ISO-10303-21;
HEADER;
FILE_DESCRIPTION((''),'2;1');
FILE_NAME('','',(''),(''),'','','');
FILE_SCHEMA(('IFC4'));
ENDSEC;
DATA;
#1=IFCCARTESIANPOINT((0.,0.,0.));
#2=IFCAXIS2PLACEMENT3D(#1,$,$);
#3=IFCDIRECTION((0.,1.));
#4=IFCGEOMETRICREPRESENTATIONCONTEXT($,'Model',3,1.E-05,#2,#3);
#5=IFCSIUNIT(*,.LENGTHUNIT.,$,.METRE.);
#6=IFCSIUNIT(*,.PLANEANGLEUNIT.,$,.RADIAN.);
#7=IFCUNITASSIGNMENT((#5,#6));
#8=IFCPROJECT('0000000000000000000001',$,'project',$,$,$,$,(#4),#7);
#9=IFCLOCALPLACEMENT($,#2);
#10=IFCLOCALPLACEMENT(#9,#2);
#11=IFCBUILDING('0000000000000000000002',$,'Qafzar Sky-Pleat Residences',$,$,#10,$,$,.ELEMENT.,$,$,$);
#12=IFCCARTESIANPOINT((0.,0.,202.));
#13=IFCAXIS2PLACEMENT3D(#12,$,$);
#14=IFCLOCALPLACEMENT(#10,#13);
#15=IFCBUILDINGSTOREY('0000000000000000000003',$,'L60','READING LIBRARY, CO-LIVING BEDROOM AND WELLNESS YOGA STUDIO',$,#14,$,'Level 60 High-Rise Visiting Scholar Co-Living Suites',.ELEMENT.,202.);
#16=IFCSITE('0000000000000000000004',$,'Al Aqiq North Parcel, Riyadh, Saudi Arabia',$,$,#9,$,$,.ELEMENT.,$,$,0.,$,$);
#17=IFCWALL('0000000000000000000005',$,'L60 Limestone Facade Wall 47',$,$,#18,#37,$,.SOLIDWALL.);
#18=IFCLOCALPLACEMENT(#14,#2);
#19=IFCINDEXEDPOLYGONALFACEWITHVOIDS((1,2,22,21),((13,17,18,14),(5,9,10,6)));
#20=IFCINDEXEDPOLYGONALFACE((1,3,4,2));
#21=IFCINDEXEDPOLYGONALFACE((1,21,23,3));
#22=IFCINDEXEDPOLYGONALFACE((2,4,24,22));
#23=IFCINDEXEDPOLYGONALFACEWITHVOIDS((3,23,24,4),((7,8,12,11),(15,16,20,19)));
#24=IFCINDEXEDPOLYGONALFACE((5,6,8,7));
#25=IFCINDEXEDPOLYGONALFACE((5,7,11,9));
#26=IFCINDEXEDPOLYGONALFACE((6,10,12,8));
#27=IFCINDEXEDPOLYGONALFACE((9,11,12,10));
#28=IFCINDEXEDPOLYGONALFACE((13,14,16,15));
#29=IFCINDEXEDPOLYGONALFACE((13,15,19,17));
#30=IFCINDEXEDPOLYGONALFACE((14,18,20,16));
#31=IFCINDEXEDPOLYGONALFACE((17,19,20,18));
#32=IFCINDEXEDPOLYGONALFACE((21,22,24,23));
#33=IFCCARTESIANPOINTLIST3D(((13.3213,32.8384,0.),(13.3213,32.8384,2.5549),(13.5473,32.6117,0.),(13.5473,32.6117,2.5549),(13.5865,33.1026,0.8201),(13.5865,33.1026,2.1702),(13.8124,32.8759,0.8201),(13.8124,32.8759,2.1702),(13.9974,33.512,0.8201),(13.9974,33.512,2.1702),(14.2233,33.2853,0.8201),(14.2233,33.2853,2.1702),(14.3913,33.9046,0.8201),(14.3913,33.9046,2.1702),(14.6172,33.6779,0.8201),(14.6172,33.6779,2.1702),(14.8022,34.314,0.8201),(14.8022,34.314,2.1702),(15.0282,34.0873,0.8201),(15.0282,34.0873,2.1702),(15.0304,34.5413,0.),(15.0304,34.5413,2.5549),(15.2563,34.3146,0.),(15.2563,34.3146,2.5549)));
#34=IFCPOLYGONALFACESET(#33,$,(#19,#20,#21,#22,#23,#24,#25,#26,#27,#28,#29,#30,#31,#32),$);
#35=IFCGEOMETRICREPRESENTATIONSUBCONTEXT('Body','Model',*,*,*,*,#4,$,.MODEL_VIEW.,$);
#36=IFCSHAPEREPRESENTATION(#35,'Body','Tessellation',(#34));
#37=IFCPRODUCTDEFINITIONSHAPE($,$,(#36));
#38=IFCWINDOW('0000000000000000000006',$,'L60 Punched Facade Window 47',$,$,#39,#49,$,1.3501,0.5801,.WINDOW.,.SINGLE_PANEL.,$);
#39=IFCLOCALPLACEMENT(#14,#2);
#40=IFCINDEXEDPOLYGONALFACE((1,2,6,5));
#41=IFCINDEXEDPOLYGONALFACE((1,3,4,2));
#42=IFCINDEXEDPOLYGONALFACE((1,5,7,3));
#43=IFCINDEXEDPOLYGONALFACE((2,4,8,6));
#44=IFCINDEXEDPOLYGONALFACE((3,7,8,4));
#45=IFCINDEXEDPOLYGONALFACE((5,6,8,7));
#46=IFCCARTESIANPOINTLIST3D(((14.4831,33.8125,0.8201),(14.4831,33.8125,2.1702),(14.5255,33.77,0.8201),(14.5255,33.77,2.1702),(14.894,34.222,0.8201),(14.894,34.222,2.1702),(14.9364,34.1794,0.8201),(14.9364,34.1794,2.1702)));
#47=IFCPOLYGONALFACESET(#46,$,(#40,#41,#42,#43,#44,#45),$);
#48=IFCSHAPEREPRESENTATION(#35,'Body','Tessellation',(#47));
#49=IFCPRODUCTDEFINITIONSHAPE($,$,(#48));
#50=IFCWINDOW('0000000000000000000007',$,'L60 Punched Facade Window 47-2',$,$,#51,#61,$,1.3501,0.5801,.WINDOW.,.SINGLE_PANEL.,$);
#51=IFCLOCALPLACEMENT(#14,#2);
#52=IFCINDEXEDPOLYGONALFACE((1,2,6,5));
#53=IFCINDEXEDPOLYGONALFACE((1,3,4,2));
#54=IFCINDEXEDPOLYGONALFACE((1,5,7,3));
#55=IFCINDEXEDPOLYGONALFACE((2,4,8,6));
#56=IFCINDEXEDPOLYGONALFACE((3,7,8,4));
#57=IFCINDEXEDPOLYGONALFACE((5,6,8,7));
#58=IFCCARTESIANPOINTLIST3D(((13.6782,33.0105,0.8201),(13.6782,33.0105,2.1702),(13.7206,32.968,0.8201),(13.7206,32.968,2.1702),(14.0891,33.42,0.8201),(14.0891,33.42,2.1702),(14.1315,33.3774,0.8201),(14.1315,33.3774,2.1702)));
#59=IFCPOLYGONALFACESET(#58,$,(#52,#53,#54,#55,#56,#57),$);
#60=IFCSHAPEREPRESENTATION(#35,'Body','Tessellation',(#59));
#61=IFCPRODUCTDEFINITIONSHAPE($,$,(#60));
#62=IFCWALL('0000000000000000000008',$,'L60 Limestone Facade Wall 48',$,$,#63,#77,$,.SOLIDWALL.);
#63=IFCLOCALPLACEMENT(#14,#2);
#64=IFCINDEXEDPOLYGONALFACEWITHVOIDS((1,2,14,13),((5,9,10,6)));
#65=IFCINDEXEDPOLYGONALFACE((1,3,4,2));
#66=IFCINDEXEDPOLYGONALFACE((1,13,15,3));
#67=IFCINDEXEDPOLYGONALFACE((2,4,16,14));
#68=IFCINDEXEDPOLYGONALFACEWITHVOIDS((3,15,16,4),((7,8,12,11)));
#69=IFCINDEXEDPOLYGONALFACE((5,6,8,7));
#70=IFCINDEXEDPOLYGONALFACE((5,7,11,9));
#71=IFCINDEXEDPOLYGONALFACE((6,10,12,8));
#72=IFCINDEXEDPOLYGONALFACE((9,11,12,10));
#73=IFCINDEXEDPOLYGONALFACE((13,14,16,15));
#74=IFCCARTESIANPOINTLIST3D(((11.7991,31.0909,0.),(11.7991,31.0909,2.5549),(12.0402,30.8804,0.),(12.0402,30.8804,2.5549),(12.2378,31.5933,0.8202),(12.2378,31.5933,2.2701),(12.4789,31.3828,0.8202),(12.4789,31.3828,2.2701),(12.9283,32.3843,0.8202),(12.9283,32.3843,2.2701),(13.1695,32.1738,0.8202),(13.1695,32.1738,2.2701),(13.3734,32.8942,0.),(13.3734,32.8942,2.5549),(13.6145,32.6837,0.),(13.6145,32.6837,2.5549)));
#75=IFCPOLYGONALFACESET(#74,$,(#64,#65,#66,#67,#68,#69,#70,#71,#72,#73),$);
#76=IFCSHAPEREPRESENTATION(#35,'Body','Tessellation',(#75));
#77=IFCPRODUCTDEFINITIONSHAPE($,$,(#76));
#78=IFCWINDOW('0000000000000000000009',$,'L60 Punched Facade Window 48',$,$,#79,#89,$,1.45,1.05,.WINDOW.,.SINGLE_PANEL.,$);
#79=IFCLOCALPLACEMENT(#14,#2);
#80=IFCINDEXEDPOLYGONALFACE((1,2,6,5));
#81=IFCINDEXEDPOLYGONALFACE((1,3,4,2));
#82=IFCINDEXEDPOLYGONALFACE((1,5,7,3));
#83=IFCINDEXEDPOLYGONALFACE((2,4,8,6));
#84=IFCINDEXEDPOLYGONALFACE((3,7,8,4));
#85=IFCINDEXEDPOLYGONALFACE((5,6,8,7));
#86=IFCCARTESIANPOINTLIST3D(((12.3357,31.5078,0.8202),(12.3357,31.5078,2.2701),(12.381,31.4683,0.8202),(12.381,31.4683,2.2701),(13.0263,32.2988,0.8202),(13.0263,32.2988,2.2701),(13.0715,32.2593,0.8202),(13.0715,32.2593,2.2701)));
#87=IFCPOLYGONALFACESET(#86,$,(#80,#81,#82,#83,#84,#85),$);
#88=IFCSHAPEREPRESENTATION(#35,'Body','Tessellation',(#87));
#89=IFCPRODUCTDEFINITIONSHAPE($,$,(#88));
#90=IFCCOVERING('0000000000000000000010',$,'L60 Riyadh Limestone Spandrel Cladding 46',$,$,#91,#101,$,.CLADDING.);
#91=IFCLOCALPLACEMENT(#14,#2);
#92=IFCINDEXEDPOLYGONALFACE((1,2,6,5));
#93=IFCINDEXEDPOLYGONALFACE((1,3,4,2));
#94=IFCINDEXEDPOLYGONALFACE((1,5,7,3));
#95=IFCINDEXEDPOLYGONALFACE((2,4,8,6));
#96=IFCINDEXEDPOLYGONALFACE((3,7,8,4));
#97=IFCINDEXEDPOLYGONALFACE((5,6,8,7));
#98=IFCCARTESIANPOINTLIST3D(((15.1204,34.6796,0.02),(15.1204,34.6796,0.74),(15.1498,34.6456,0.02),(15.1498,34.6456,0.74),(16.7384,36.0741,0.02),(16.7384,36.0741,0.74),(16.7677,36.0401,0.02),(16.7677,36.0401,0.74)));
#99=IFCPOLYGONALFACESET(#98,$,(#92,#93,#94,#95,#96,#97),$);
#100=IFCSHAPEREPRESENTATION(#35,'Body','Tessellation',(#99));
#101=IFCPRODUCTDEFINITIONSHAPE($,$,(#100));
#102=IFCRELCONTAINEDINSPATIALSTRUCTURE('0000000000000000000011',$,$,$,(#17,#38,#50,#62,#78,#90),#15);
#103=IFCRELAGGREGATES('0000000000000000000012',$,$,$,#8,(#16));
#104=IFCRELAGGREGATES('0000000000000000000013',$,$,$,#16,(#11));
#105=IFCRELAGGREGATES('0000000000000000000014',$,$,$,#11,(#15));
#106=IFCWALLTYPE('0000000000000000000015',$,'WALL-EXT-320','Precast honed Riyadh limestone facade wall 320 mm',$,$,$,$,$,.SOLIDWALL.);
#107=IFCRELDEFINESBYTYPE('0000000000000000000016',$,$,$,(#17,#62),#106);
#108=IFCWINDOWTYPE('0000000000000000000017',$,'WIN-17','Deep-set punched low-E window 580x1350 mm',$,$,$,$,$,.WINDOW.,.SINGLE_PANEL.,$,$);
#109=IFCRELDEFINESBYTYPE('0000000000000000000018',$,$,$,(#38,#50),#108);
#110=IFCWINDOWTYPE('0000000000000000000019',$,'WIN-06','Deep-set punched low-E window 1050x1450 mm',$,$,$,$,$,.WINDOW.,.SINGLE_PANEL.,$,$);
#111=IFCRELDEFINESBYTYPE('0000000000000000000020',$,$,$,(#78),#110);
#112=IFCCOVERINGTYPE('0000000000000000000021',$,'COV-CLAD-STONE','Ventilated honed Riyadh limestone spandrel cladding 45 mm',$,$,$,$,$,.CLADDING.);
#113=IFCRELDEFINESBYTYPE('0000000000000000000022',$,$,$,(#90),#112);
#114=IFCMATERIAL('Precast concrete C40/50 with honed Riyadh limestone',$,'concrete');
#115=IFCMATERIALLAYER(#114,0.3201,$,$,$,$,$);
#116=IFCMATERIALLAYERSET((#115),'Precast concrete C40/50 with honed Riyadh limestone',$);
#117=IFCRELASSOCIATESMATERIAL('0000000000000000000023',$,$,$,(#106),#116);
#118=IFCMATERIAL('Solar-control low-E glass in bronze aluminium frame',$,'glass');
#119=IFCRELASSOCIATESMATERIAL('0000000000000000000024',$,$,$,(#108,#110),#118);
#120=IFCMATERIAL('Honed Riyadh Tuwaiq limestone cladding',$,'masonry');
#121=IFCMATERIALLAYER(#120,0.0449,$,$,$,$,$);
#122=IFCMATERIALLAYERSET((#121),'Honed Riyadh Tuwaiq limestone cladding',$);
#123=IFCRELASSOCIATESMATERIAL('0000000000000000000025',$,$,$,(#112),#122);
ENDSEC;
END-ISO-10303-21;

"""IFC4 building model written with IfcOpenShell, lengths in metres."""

from ifc_helpers import new_model, si_unit, direction, frame, frame_2d, origin, origin_2d, place, context, subcontext, project, spatial, rectangle, extrude, source, transform, mapped, material, layer, layer_set, type_object, element, fill, save


model = new_model("IFC4")

# Units and contexts
model_context = context("Model", 3, precision=1e-05, world=origin(), true_north=direction((0.0, 1.0)))
body_context = subcontext(model_context, "Body", "Model", "MODEL_VIEW")
ifc_project = project(units=[si_unit("LENGTHUNIT", "METRE"), si_unit("PLANEANGLEUNIT", "RADIAN")], contexts=[model_context])

# Site, building, storey
site_placement = place(None, origin())
site = spatial("IfcSite", under=ifc_project, at=site_placement, Name="Al Aqiq North Parcel, Riyadh, Saudi Arabia", CompositionType="ELEMENT", RefElevation=0.0)
building_placement = place(site_placement, origin())
building = spatial("IfcBuilding", under=site, at=building_placement, Name="Qafzar Sky-Pleat Residences", CompositionType="ELEMENT")
storey_placement = place(building_placement, frame((0.0, 0.0, 202.0)))
storey = spatial("IfcBuildingStorey", under=building, at=storey_placement, Name="L60", Description="READING LIBRARY, CO-LIVING BEDROOM AND WELLNESS YOGA STUDIO", LongName="Level 60 High-Rise Visiting Scholar Co-Living Suites", CompositionType="ELEMENT", Elevation=202.0)

# Shared definitions
ifc_material_1 = material(Name="Precast concrete C40/50 with honed Riyadh limestone", Category="concrete")
ifc_layer_1 = layer(ifc_material_1, 0.3201)
ifc_layer_set_1 = layer_set([ifc_layer_1], Name="Precast concrete C40/50 with honed Riyadh limestone")
wall_type_1 = type_object("IfcWallType", Name="WALL-EXT-320", Description="Precast honed Riyadh limestone facade wall 320 mm", PredefinedType="SOLIDWALL", material=ifc_layer_set_1)
ifc_material_2 = material(Name="Solar-control low-E glass in bronze aluminium frame", Category="glass")

# Wall, openings, windows
wall_1_placement = place(storey_placement, frame((15.1433, 34.428, 0.0), z_axis=(0.0, 0.0, 1.0), x_axis=(-0.708371, -0.705841, 0.0)))
wall_1 = element("IfcWall", 1, at=wall_1_placement, inside=storey, type_object=wall_type_1, Name="L60 Limestone Facade Wall 47", PredefinedType="SOLIDWALL", context=body_context, shape_type="SweptSolid", body=[
    extrude(rectangle(XDim=2.4126, YDim=0.3201, at=frame_2d((1.2063, 0.0))), origin(), (0.0, 0.0, 1.0), 2.5549),
])
opening_1_placement = place(wall_1_placement, frame((0.322, 0.0, 0.8201)))
opening_1 = element("IfcOpeningElement", 2, at=opening_1_placement, cuts=wall_1, PredefinedType="OPENING", context=body_context, shape_type="SweptSolid", body=[
    extrude(rectangle(XDim=0.5801, YDim=1.3501, at=frame_2d((0.29, 0.675))), frame((0.0, 0.1699, 0.0), z_axis=(0.0, -1.0, 0.0), x_axis=(1.0, 0.0, 0.0)), (0.0, 0.0, 1.0), 0.3401),
])
opening_2_placement = place(wall_1_placement, frame((1.4583, 0.0, 0.8201)))
opening_2 = element("IfcOpeningElement", 3, at=opening_2_placement, cuts=wall_1, PredefinedType="OPENING", context=body_context, shape_type="SweptSolid", body=[
    extrude(rectangle(XDim=0.5801, YDim=1.3501, at=frame_2d((0.29, 0.675))), frame((0.0, 0.1699, 0.0), z_axis=(0.0, -1.0, 0.0), x_axis=(1.0, 0.0, 0.0)), (0.0, 0.0, 1.0), 0.3401),
])
window_type_1 = type_object("IfcWindowType", Name="WIN-17", Description="Deep-set punched low-E window 580x1350 mm", PartitioningType="SINGLE_PANEL", PredefinedType="WINDOW", material=ifc_material_2)
shared_shape_1 = source(origin(), body_context, "Body", "SweptSolid", [
    extrude(rectangle(XDim=0.5801, YDim=1.3501, at=frame_2d((0.29, 0.675))), frame((0.0, 0.03, 0.0), z_axis=(0.0, -1.0, 0.0), x_axis=(1.0, 0.0, 0.0)), (0.0, 0.0, 1.0), 0.0601),
])
window_1_placement = place(opening_1_placement, origin())
window_1 = element("IfcWindow", 4, at=window_1_placement, inside=storey, type_object=window_type_1, Name="L60 Punched Facade Window 47", OverallHeight=1.3501, OverallWidth=0.5801, PartitioningType="SINGLE_PANEL", PredefinedType="WINDOW", context=body_context, shape_type="MappedRepresentation", body=[
    mapped(shared_shape_1, transform((0.0, 0.0, 0.0), x_axis=(1.0, 0.0, 0.0), y_axis=(0.0, 1.0, 0.0), z_axis=(0.0, 0.0, 1.0), scale=1.0)),
])
fill(opening_1, window_1)
window_2_placement = place(opening_2_placement, origin())
window_2 = element("IfcWindow", 5, at=window_2_placement, inside=storey, type_object=window_type_1, Name="L60 Punched Facade Window 47-2", OverallHeight=1.3501, OverallWidth=0.5801, PartitioningType="SINGLE_PANEL", PredefinedType="WINDOW", context=body_context, shape_type="MappedRepresentation", body=[
    mapped(shared_shape_1, transform((0.0, 0.0, 0.0), x_axis=(1.0, 0.0, 0.0), y_axis=(0.0, 1.0, 0.0), z_axis=(0.0, 0.0, 1.0), scale=1.0)),
])
fill(opening_2, window_2)

# Wall, opening, window
wall_2_placement = place(storey_placement, frame((13.4939, 32.7888, 0.0), z_axis=(0.0, 0.0, 1.0), x_axis=(-0.657652, -0.753322, 0.0)))
wall_2 = element("IfcWall", 6, at=wall_2_placement, inside=storey, type_object=wall_type_1, Name="L60 Limestone Facade Wall 48", PredefinedType="SOLIDWALL", context=body_context, shape_type="SweptSolid", body=[
    extrude(rectangle(XDim=2.3938, YDim=0.3201, at=frame_2d((1.1968, 0.0))), origin(), (0.0, 0.0, 1.0), 2.5549),
])
opening_3_placement = place(wall_2_placement, frame((0.6768, 0.0, 0.8201)))
opening_3 = element("IfcOpeningElement", 7, at=opening_3_placement, cuts=wall_2, PredefinedType="OPENING", context=body_context, shape_type="SweptSolid", body=[
    extrude(rectangle(XDim=1.05, YDim=1.45, at=frame_2d((0.5249, 0.7251))), frame((0.0, 0.1699, 0.0), z_axis=(0.0, -1.0, 0.0), x_axis=(1.0, 0.0, 0.0)), (0.0, 0.0, 1.0), 0.3401),
])
window_type_2 = type_object("IfcWindowType", Name="WIN-06", Description="Deep-set punched low-E window 1050x1450 mm", PartitioningType="SINGLE_PANEL", PredefinedType="WINDOW", material=ifc_material_2)
shared_shape_2 = source(origin(), body_context, "Body", "SweptSolid", [
    extrude(rectangle(XDim=1.05, YDim=1.45, at=frame_2d((0.5249, 0.7251))), frame((0.0, 0.03, 0.0), z_axis=(0.0, -1.0, 0.0), x_axis=(1.0, 0.0, 0.0)), (0.0, 0.0, 1.0), 0.0601),
])
window_3_placement = place(opening_3_placement, origin())
window_3 = element("IfcWindow", 8, at=window_3_placement, inside=storey, type_object=window_type_2, Name="L60 Punched Facade Window 48", OverallHeight=1.45, OverallWidth=1.05, PartitioningType="SINGLE_PANEL", PredefinedType="WINDOW", context=body_context, shape_type="MappedRepresentation", body=[
    mapped(shared_shape_2, transform((0.0, 0.0, 0.0), x_axis=(1.0, 0.0, 0.0), y_axis=(0.0, 1.0, 0.0), z_axis=(0.0, 0.0, 1.0), scale=1.0)),
])
fill(opening_3, window_3)

# Covering
ifc_material_3 = material(Name="Honed Riyadh Tuwaiq limestone cladding", Category="masonry")
ifc_layer_2 = layer(ifc_material_3, 0.0449)
ifc_layer_set_2 = layer_set([ifc_layer_2], Name="Honed Riyadh Tuwaiq limestone cladding")
covering_type = type_object("IfcCoveringType", Name="COV-CLAD-STONE", Description="Ventilated honed Riyadh limestone spandrel cladding 45 mm", PredefinedType="CLADDING", material=ifc_layer_set_2)
shared_shape_3 = source(origin(), body_context, "Body", "SweptSolid", [
    extrude(rectangle(XDim=2.136, YDim=0.0449, at=origin_2d()), origin(), (0.0, 0.0, 1.0), 0.72),
])
covering_placement = place(storey_placement, frame((15.9441, 35.3599, 0.02), z_axis=(0.0, 0.0, 1.0), x_axis=(-0.757478, -0.65286, 0.0)))
element("IfcCovering", 9, at=covering_placement, inside=storey, type_object=covering_type, Name="L60 Riyadh Limestone Spandrel Cladding 46", PredefinedType="CLADDING", context=body_context, shape_type="MappedRepresentation", body=[
    mapped(shared_shape_3, transform((0.0, 0.0, 0.0), x_axis=(1.0, 0.0, 0.0), y_axis=(0.0, 1.0, 0.0), z_axis=(0.0, 0.0, 1.0), scale=1.0)),
])

save(model, "model.ifc")
